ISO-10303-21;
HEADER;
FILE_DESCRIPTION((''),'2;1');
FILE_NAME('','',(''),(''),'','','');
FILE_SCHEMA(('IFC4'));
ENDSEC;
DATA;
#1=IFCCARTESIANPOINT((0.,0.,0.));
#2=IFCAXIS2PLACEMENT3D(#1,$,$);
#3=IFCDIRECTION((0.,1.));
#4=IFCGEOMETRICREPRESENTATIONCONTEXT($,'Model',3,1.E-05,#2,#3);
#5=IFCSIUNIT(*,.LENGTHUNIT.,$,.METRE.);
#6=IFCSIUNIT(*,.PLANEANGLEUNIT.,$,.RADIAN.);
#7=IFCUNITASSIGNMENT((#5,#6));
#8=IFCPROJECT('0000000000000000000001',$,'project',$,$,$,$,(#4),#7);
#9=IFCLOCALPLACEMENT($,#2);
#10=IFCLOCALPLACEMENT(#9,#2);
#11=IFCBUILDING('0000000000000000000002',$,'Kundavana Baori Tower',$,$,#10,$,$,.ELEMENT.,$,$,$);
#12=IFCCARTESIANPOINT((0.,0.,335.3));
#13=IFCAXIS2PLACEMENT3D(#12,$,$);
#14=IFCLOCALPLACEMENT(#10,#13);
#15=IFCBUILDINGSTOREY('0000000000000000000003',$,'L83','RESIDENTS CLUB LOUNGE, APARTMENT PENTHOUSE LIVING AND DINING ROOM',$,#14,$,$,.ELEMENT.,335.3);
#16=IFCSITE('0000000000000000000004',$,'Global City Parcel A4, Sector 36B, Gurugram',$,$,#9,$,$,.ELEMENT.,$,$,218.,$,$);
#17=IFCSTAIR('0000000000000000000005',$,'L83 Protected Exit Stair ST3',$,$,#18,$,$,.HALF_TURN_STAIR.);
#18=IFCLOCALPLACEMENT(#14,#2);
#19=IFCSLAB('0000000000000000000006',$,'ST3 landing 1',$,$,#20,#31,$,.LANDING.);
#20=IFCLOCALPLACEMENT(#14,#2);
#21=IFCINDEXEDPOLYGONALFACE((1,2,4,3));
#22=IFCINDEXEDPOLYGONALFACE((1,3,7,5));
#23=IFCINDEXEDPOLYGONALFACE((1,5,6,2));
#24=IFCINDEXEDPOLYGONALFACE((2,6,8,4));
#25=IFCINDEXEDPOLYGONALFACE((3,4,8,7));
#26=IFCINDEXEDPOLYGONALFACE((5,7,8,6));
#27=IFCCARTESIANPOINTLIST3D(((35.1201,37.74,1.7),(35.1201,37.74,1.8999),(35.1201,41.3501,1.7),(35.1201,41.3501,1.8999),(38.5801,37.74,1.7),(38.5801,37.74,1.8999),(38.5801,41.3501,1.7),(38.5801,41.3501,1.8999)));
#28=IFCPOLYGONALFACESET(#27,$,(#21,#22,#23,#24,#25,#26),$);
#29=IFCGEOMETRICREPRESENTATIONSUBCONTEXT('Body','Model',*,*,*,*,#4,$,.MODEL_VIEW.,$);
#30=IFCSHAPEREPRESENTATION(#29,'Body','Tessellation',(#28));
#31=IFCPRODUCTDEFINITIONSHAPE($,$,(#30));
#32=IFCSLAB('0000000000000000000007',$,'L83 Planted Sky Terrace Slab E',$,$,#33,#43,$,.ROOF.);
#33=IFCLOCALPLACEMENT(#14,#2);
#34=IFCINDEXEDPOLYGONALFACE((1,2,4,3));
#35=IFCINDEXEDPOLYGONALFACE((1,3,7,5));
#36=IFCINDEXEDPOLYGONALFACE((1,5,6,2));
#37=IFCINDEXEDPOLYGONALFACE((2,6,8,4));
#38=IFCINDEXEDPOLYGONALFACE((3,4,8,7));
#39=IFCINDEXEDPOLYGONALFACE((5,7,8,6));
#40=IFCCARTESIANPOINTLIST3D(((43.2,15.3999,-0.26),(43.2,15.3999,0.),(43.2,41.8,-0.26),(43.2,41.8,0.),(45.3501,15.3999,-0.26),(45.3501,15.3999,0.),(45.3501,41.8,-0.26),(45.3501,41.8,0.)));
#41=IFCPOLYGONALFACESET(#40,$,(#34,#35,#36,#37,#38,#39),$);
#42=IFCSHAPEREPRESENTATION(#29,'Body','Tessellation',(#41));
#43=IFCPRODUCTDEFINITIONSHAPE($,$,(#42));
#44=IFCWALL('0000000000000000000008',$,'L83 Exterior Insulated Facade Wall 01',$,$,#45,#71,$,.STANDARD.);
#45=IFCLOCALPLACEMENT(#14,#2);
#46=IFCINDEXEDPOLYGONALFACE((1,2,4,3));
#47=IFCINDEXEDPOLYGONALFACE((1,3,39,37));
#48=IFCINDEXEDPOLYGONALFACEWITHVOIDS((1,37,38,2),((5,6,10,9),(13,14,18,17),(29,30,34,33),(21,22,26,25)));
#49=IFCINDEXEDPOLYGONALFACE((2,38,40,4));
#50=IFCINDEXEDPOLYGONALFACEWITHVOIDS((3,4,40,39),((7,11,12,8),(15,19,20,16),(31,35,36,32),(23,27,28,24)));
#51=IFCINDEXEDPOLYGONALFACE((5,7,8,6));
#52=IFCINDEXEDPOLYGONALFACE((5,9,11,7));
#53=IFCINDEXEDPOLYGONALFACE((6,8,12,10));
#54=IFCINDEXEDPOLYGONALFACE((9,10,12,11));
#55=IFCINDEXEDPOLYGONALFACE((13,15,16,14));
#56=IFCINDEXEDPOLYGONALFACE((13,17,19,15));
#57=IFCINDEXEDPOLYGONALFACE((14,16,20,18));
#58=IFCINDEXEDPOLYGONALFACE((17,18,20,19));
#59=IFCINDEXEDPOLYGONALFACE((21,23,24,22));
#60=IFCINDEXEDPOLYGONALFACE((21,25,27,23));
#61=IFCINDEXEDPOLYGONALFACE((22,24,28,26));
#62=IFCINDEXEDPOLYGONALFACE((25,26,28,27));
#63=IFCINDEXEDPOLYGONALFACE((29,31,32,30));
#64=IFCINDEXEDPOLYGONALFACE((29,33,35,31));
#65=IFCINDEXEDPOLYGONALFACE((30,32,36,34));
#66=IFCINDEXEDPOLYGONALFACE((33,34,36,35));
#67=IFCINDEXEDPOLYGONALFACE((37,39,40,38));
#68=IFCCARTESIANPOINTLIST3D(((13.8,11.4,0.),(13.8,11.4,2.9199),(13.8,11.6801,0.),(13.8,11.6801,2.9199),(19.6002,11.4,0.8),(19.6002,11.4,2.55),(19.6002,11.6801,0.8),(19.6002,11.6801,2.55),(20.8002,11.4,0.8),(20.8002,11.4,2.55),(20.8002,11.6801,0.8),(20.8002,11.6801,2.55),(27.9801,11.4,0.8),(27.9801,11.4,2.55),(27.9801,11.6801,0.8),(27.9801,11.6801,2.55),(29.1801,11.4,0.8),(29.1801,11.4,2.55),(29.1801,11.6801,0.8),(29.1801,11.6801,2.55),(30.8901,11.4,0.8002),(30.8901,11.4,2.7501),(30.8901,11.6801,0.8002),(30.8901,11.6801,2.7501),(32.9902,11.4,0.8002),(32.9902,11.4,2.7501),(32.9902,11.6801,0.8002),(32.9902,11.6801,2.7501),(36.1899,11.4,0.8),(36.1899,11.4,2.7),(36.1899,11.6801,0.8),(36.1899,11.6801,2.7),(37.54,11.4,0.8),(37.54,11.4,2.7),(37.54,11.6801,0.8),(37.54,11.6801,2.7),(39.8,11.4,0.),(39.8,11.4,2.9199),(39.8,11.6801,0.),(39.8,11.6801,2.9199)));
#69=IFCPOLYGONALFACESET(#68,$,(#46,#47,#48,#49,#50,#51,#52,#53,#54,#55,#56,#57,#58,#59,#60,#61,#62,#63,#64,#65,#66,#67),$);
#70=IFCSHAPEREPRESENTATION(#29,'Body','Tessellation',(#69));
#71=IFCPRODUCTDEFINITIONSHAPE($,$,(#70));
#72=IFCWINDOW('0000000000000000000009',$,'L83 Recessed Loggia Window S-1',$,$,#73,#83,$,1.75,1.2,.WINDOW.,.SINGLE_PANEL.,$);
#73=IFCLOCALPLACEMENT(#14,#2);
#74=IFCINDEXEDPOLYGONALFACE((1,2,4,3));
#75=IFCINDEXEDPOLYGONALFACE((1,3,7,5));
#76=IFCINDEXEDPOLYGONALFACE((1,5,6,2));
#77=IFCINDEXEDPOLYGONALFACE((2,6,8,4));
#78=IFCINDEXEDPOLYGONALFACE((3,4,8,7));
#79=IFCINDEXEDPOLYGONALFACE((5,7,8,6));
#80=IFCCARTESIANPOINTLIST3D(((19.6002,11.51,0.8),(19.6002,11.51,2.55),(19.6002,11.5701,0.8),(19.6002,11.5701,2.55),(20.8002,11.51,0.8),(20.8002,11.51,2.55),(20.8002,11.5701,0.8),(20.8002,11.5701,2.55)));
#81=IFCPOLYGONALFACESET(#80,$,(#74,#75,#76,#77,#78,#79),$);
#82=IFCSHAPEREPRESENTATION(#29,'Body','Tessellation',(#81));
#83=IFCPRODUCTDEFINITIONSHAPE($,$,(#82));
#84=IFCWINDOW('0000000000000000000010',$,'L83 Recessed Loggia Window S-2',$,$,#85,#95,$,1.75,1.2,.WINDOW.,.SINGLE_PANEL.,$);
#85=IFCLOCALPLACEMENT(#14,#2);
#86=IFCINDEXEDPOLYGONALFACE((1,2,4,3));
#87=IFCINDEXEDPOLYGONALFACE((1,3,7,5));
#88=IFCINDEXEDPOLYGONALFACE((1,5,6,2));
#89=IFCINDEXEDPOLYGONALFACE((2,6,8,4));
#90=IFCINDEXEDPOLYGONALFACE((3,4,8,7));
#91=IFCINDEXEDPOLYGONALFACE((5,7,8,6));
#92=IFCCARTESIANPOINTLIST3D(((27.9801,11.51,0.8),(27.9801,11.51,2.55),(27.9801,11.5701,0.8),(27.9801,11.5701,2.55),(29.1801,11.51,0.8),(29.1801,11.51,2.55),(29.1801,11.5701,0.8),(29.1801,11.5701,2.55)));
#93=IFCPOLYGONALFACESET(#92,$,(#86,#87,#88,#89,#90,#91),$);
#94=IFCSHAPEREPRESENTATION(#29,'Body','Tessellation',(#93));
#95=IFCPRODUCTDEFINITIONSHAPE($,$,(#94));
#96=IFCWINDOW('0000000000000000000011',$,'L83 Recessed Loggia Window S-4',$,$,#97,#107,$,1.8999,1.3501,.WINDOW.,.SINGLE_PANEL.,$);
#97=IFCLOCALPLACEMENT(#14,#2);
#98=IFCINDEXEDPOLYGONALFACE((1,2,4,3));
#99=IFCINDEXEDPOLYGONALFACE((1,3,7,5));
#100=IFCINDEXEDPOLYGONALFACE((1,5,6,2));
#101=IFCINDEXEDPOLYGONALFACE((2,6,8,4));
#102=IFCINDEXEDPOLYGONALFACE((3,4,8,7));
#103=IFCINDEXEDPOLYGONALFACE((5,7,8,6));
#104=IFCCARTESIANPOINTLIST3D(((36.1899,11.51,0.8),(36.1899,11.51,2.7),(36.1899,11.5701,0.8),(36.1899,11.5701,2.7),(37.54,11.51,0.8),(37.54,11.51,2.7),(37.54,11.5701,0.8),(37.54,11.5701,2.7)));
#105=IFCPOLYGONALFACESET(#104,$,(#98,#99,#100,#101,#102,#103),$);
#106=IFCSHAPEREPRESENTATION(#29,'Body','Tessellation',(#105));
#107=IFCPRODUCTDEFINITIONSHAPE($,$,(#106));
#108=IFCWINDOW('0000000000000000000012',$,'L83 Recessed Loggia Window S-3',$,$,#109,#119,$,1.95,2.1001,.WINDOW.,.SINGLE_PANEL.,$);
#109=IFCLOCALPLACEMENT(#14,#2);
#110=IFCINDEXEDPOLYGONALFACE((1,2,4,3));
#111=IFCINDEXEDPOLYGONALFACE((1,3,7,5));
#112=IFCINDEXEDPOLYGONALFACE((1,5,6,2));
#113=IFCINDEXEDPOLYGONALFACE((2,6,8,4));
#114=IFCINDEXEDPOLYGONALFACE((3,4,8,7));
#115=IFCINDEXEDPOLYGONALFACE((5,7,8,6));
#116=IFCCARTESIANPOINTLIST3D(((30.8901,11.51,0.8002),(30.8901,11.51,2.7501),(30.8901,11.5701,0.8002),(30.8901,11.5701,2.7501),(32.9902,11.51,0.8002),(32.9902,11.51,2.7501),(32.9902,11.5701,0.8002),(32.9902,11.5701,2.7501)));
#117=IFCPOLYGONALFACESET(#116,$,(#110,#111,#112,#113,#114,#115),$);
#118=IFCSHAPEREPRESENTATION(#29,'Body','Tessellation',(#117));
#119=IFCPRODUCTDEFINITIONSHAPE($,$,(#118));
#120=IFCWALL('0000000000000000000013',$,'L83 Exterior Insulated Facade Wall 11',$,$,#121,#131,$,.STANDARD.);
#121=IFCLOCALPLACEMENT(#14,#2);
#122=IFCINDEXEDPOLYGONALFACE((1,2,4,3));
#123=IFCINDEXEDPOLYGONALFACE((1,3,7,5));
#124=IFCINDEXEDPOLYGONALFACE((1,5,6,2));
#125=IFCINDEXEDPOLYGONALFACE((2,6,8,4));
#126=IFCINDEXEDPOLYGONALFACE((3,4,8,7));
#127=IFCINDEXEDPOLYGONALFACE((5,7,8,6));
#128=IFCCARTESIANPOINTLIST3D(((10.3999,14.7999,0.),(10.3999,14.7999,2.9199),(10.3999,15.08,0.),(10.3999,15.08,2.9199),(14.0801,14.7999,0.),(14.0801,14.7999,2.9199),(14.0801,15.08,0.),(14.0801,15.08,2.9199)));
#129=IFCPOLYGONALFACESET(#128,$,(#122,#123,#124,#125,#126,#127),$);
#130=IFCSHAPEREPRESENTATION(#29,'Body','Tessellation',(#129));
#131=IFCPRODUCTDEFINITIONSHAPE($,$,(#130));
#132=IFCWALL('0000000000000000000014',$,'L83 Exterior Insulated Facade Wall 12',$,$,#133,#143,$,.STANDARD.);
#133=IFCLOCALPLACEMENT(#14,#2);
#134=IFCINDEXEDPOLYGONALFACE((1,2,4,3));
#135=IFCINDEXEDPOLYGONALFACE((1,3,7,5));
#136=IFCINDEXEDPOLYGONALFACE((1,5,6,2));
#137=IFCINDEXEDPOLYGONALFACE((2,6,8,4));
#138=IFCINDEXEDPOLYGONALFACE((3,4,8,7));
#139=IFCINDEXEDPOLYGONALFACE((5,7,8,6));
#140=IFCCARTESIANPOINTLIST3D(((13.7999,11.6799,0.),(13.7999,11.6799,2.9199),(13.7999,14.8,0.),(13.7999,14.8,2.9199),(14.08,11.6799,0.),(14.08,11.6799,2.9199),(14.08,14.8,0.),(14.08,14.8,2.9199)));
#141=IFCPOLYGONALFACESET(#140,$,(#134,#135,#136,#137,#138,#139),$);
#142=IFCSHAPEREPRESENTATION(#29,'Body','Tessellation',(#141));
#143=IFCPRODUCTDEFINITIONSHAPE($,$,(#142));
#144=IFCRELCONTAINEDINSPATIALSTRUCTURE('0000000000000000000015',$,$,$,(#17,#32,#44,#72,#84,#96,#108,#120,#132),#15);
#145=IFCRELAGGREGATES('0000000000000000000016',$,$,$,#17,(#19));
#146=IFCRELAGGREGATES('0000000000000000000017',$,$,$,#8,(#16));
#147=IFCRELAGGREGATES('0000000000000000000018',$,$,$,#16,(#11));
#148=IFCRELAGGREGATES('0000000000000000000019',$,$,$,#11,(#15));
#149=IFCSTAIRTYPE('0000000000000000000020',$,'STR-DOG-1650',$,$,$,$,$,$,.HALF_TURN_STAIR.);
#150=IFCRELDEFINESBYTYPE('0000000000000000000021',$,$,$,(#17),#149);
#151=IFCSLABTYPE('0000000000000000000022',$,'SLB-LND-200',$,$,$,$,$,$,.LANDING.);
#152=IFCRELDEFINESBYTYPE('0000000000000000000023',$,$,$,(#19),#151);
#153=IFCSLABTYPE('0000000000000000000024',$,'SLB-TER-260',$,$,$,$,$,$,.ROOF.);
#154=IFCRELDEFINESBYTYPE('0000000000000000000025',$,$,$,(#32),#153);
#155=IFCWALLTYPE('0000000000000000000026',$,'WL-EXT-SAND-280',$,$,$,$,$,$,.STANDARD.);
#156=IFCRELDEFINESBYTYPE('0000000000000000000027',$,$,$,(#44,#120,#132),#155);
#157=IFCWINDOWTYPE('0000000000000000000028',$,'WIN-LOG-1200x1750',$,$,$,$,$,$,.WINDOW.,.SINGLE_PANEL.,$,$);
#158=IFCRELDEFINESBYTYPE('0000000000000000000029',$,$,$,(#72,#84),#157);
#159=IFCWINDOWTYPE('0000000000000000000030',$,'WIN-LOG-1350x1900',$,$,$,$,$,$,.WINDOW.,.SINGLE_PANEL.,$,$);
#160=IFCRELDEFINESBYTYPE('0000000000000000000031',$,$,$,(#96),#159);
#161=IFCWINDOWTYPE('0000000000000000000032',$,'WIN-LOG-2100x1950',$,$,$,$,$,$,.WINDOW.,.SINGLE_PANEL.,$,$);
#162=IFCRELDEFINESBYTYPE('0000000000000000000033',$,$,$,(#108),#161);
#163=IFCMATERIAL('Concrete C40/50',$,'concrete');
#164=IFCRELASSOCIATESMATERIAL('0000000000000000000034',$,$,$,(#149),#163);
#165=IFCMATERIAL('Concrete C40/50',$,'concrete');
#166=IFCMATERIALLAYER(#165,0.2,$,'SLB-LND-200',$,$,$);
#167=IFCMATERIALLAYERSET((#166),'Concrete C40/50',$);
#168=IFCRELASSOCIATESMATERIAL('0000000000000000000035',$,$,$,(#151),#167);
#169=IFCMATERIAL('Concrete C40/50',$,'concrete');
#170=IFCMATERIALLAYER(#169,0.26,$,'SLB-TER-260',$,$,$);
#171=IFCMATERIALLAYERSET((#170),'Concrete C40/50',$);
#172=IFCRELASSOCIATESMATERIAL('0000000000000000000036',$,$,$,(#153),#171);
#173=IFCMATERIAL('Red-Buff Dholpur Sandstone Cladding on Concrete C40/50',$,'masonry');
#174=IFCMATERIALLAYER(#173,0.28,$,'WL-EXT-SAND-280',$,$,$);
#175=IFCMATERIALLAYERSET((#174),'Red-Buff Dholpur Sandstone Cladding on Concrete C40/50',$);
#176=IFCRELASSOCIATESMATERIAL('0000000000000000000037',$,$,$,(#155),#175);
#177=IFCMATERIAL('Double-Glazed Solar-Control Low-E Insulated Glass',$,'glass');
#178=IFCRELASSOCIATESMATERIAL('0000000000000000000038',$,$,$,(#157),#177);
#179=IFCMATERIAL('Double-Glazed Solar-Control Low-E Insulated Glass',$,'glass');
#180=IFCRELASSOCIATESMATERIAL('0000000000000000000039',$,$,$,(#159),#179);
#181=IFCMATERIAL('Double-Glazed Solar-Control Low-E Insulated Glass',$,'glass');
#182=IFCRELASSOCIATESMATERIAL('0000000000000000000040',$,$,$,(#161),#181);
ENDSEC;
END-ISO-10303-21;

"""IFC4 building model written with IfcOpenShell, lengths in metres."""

from ifc_helpers import new_model, si_unit, direction, frame, frame_2d, origin, place, context, subcontext, project, spatial, polyline, rectangle, outline, extrude, material, layer, layer_set, type_object, element, fill, aggregate, save


model = new_model("IFC4")

# Units and contexts
model_context = context("Model", 3, precision=1e-05, world=origin(), true_north=direction((0.0, 1.0)))
body_context = subcontext(model_context, "Body", "Model", "MODEL_VIEW")
ifc_project = project(units=[si_unit("LENGTHUNIT", "METRE"), si_unit("PLANEANGLEUNIT", "RADIAN")], contexts=[model_context])

# Site, building, storey
site_placement = place(None, origin())
site = spatial("IfcSite", under=ifc_project, at=site_placement, Name="Global City Parcel A4, Sector 36B, Gurugram", CompositionType="ELEMENT", RefElevation=218.0)
building_placement = place(site_placement, origin())
building = spatial("IfcBuilding", under=site, at=building_placement, Name="Kundavana Baori Tower", CompositionType="ELEMENT")
storey_placement = place(building_placement, frame((0.0, 0.0, 335.3)))
storey = spatial("IfcBuildingStorey", under=building, at=storey_placement, Name="L83", Description="RESIDENTS CLUB LOUNGE, APARTMENT PENTHOUSE LIVING AND DINING ROOM", CompositionType="ELEMENT", Elevation=335.3)

# Stair, slab
ifc_material_1 = material(Name="Concrete C40/50", Category="concrete")
stair_type = type_object("IfcStairType", Name="STR-DOG-1650", PredefinedType="HALF_TURN_STAIR", material=ifc_material_1)
ifc_material_2 = material(Name="Concrete C40/50", Category="concrete")
ifc_layer_1 = layer(ifc_material_2, 0.2, Name="SLB-LND-200")
ifc_layer_set_1 = layer_set([ifc_layer_1], Name="Concrete C40/50")
slab_type_1 = type_object("IfcSlabType", Name="SLB-LND-200", PredefinedType="LANDING", material=ifc_layer_set_1)
stair_1_placement = place(storey_placement, origin())
stair_1 = element("IfcStair", 1, at=stair_1_placement, inside=storey, type_object=stair_type, Name="L83 Protected Exit Stair ST3", PredefinedType="HALF_TURN_STAIR")
slab_1_placement = place(storey_placement, frame((0.0, 0.0, 1.7)))
slab_1 = element("IfcSlab", 2, at=slab_1_placement, type_object=slab_type_1, Name="ST3 landing 1", PredefinedType="LANDING", context=body_context, shape_type="SweptSolid", body=[
    extrude(outline(polyline([(38.5801, 37.74), (38.5801, 41.3501), (35.1201, 41.3501), (35.1201, 37.74), (38.5801, 37.74)])), origin(), (0.0, 0.0, 1.0), 0.2),
])
aggregate(stair_1, [slab_1])

# Slab
ifc_material_3 = material(Name="Concrete C40/50", Category="concrete")
ifc_layer_2 = layer(ifc_material_3, 0.26, Name="SLB-TER-260")
ifc_layer_set_2 = layer_set([ifc_layer_2], Name="Concrete C40/50")
slab_type_2 = type_object("IfcSlabType", Name="SLB-TER-260", PredefinedType="ROOF", material=ifc_layer_set_2)
slab_2_placement = place(storey_placement, frame((0.0, 0.0, -0.26)))
element("IfcSlab", 3, at=slab_2_placement, inside=storey, type_object=slab_type_2, Name="L83 Planted Sky Terrace Slab E", PredefinedType="ROOF", context=body_context, shape_type="SweptSolid", body=[
    extrude(outline(polyline([(43.2, 15.3999), (43.2, 41.8), (45.3501, 41.8), (45.3501, 15.3999), (43.2, 15.3999)])), origin(), (0.0, 0.0, 1.0), 0.26),
])

# Wall, openings, windows
ifc_material_4 = material(Name="Red-Buff Dholpur Sandstone Cladding on Concrete C40/50", Category="masonry")
ifc_layer_3 = layer(ifc_material_4, 0.28, Name="WL-EXT-SAND-280")
ifc_layer_set_3 = layer_set([ifc_layer_3], Name="Red-Buff Dholpur Sandstone Cladding on Concrete C40/50")
wall_type_1 = type_object("IfcWallType", Name="WL-EXT-SAND-280", PredefinedType="STANDARD", material=ifc_layer_set_3)
wall_1_placement = place(storey_placement, frame((13.8, 11.54, 0.0), z_axis=(0.0, 0.0, 1.0), x_axis=(1.0, 0.0, 0.0)))
wall_1 = element("IfcWall", 4, at=wall_1_placement, inside=storey, type_object=wall_type_1, Name="L83 Exterior Insulated Facade Wall 01", PredefinedType="STANDARD", context=body_context, shape_type="SweptSolid", body=[
    extrude(rectangle(XDim=26.0, YDim=0.28, at=frame_2d((13.0, 0.0))), origin(), (0.0, 0.0, 1.0), 2.9199),
])
opening_1_placement = place(wall_1_placement, frame((5.8, 0.0, 0.8)))
opening_1 = element("IfcOpeningElement", 5, at=opening_1_placement, cuts=wall_1, PredefinedType="OPENING", context=body_context, shape_type="SweptSolid", body=[
    extrude(rectangle(XDim=1.2, YDim=1.75, at=frame_2d((0.6001, 0.875))), frame((0.0, 0.1499, 0.0), z_axis=(0.0, -1.0, 0.0), x_axis=(1.0, 0.0, 0.0)), (0.0, 0.0, 1.0), 0.3),
])
opening_2_placement = place(wall_1_placement, frame((14.1799, 0.0, 0.8)))
opening_2 = element("IfcOpeningElement", 6, at=opening_2_placement, cuts=wall_1, PredefinedType="OPENING", context=body_context, shape_type="SweptSolid", body=[
    extrude(rectangle(XDim=1.2, YDim=1.75, at=frame_2d((0.6001, 0.875))), frame((0.0, 0.1499, 0.0), z_axis=(0.0, -1.0, 0.0), x_axis=(1.0, 0.0, 0.0)), (0.0, 0.0, 1.0), 0.3),
])
opening_3_placement = place(wall_1_placement, frame((17.0901, 0.0, 0.8)))
opening_3 = element("IfcOpeningElement", 7, at=opening_3_placement, cuts=wall_1, PredefinedType="OPENING", context=body_context, shape_type="SweptSolid", body=[
    extrude(rectangle(XDim=2.1001, YDim=1.95, at=frame_2d((1.05, 0.9751))), frame((0.0, 0.1499, 0.0), z_axis=(0.0, -1.0, 0.0), x_axis=(1.0, 0.0, 0.0)), (0.0, 0.0, 1.0), 0.3),
])
opening_4_placement = place(wall_1_placement, frame((22.3899, 0.0, 0.8)))
opening_4 = element("IfcOpeningElement", 8, at=opening_4_placement, cuts=wall_1, PredefinedType="OPENING", context=body_context, shape_type="SweptSolid", body=[
    extrude(rectangle(XDim=1.3501, YDim=1.8999, at=frame_2d((0.675, 0.95))), frame((0.0, 0.1499, 0.0), z_axis=(0.0, -1.0, 0.0), x_axis=(1.0, 0.0, 0.0)), (0.0, 0.0, 1.0), 0.3),
])
ifc_material_5 = material(Name="Double-Glazed Solar-Control Low-E Insulated Glass", Category="glass")
window_type_1 = type_object("IfcWindowType", Name="WIN-LOG-1200x1750", PartitioningType="SINGLE_PANEL", PredefinedType="WINDOW", material=ifc_material_5)
window_1_placement = place(opening_1_placement, origin())
window_1 = element("IfcWindow", 9, at=window_1_placement, inside=storey, type_object=window_type_1, Name="L83 Recessed Loggia Window S-1", OverallHeight=1.75, OverallWidth=1.2, PartitioningType="SINGLE_PANEL", PredefinedType="WINDOW", context=body_context, shape_type="SweptSolid", body=[
    extrude(rectangle(XDim=1.2, YDim=1.75, at=frame_2d((0.6001, 0.875))), frame((0.0, 0.03, 0.0), z_axis=(0.0, -1.0, 0.0), x_axis=(1.0, 0.0, 0.0)), (0.0, 0.0, 1.0), 0.0601),
])
fill(opening_1, window_1)
window_2_placement = place(opening_2_placement, origin())
window_2 = element("IfcWindow", 10, at=window_2_placement, inside=storey, type_object=window_type_1, Name="L83 Recessed Loggia Window S-2", OverallHeight=1.75, OverallWidth=1.2, PartitioningType="SINGLE_PANEL", PredefinedType="WINDOW", context=body_context, shape_type="SweptSolid", body=[
    extrude(rectangle(XDim=1.2, YDim=1.75, at=frame_2d((0.6001, 0.875))), frame((0.0, 0.03, 0.0), z_axis=(0.0, -1.0, 0.0), x_axis=(1.0, 0.0, 0.0)), (0.0, 0.0, 1.0), 0.0601),
])
fill(opening_2, window_2)
ifc_material_6 = material(Name="Double-Glazed Solar-Control Low-E Insulated Glass", Category="glass")
window_type_2 = type_object("IfcWindowType", Name="WIN-LOG-1350x1900", PartitioningType="SINGLE_PANEL", PredefinedType="WINDOW", material=ifc_material_6)
window_3_placement = place(opening_4_placement, origin())
window_3 = element("IfcWindow", 11, at=window_3_placement, inside=storey, type_object=window_type_2, Name="L83 Recessed Loggia Window S-4", OverallHeight=1.8999, OverallWidth=1.3501, PartitioningType="SINGLE_PANEL", PredefinedType="WINDOW", context=body_context, shape_type="SweptSolid", body=[
    extrude(rectangle(XDim=1.3501, YDim=1.8999, at=frame_2d((0.675, 0.95))), frame((0.0, 0.03, 0.0), z_axis=(0.0, -1.0, 0.0), x_axis=(1.0, 0.0, 0.0)), (0.0, 0.0, 1.0), 0.0601),
])
fill(opening_4, window_3)
ifc_material_7 = material(Name="Double-Glazed Solar-Control Low-E Insulated Glass", Category="glass")
window_type_3 = type_object("IfcWindowType", Name="WIN-LOG-2100x1950", PartitioningType="SINGLE_PANEL", PredefinedType="WINDOW", material=ifc_material_7)
window_4_placement = place(opening_3_placement, origin())
window_4 = element("IfcWindow", 12, at=window_4_placement, inside=storey, type_object=window_type_3, Name="L83 Recessed Loggia Window S-3", OverallHeight=1.95, OverallWidth=2.1001, PartitioningType="SINGLE_PANEL", PredefinedType="WINDOW", context=body_context, shape_type="SweptSolid", body=[
    extrude(rectangle(XDim=2.1001, YDim=1.95, at=frame_2d((1.05, 0.9751))), frame((0.0, 0.03, 0.0), z_axis=(0.0, -1.0, 0.0), x_axis=(1.0, 0.0, 0.0)), (0.0, 0.0, 1.0), 0.0601),
])
fill(opening_3, window_4)

# Walls
wall_2_placement = place(storey_placement, frame((10.3999, 14.9399, 0.0), z_axis=(0.0, 0.0, 1.0), x_axis=(1.0, 0.0, 0.0)))
element("IfcWall", 13, at=wall_2_placement, inside=storey, type_object=wall_type_1, Name="L83 Exterior Insulated Facade Wall 11", PredefinedType="STANDARD", context=body_context, shape_type="SweptSolid", body=[
    extrude(rectangle(XDim=3.6802, YDim=0.28, at=frame_2d((1.8401, 0.0))), origin(), (0.0, 0.0, 1.0), 2.9199),
])
wall_3_placement = place(storey_placement, frame((13.9399, 14.8, 0.0), z_axis=(0.0, 0.0, 1.0), x_axis=(0.0, -1.0, 0.0)))
element("IfcWall", 14, at=wall_3_placement, inside=storey, type_object=wall_type_1, Name="L83 Exterior Insulated Facade Wall 12", PredefinedType="STANDARD", context=body_context, shape_type="SweptSolid", body=[
    extrude(rectangle(XDim=3.1201, YDim=0.28, at=frame_2d((1.5601, 0.0))), origin(), (0.0, 0.0, 1.0), 2.9199),
])

save(model, "model.ifc")
